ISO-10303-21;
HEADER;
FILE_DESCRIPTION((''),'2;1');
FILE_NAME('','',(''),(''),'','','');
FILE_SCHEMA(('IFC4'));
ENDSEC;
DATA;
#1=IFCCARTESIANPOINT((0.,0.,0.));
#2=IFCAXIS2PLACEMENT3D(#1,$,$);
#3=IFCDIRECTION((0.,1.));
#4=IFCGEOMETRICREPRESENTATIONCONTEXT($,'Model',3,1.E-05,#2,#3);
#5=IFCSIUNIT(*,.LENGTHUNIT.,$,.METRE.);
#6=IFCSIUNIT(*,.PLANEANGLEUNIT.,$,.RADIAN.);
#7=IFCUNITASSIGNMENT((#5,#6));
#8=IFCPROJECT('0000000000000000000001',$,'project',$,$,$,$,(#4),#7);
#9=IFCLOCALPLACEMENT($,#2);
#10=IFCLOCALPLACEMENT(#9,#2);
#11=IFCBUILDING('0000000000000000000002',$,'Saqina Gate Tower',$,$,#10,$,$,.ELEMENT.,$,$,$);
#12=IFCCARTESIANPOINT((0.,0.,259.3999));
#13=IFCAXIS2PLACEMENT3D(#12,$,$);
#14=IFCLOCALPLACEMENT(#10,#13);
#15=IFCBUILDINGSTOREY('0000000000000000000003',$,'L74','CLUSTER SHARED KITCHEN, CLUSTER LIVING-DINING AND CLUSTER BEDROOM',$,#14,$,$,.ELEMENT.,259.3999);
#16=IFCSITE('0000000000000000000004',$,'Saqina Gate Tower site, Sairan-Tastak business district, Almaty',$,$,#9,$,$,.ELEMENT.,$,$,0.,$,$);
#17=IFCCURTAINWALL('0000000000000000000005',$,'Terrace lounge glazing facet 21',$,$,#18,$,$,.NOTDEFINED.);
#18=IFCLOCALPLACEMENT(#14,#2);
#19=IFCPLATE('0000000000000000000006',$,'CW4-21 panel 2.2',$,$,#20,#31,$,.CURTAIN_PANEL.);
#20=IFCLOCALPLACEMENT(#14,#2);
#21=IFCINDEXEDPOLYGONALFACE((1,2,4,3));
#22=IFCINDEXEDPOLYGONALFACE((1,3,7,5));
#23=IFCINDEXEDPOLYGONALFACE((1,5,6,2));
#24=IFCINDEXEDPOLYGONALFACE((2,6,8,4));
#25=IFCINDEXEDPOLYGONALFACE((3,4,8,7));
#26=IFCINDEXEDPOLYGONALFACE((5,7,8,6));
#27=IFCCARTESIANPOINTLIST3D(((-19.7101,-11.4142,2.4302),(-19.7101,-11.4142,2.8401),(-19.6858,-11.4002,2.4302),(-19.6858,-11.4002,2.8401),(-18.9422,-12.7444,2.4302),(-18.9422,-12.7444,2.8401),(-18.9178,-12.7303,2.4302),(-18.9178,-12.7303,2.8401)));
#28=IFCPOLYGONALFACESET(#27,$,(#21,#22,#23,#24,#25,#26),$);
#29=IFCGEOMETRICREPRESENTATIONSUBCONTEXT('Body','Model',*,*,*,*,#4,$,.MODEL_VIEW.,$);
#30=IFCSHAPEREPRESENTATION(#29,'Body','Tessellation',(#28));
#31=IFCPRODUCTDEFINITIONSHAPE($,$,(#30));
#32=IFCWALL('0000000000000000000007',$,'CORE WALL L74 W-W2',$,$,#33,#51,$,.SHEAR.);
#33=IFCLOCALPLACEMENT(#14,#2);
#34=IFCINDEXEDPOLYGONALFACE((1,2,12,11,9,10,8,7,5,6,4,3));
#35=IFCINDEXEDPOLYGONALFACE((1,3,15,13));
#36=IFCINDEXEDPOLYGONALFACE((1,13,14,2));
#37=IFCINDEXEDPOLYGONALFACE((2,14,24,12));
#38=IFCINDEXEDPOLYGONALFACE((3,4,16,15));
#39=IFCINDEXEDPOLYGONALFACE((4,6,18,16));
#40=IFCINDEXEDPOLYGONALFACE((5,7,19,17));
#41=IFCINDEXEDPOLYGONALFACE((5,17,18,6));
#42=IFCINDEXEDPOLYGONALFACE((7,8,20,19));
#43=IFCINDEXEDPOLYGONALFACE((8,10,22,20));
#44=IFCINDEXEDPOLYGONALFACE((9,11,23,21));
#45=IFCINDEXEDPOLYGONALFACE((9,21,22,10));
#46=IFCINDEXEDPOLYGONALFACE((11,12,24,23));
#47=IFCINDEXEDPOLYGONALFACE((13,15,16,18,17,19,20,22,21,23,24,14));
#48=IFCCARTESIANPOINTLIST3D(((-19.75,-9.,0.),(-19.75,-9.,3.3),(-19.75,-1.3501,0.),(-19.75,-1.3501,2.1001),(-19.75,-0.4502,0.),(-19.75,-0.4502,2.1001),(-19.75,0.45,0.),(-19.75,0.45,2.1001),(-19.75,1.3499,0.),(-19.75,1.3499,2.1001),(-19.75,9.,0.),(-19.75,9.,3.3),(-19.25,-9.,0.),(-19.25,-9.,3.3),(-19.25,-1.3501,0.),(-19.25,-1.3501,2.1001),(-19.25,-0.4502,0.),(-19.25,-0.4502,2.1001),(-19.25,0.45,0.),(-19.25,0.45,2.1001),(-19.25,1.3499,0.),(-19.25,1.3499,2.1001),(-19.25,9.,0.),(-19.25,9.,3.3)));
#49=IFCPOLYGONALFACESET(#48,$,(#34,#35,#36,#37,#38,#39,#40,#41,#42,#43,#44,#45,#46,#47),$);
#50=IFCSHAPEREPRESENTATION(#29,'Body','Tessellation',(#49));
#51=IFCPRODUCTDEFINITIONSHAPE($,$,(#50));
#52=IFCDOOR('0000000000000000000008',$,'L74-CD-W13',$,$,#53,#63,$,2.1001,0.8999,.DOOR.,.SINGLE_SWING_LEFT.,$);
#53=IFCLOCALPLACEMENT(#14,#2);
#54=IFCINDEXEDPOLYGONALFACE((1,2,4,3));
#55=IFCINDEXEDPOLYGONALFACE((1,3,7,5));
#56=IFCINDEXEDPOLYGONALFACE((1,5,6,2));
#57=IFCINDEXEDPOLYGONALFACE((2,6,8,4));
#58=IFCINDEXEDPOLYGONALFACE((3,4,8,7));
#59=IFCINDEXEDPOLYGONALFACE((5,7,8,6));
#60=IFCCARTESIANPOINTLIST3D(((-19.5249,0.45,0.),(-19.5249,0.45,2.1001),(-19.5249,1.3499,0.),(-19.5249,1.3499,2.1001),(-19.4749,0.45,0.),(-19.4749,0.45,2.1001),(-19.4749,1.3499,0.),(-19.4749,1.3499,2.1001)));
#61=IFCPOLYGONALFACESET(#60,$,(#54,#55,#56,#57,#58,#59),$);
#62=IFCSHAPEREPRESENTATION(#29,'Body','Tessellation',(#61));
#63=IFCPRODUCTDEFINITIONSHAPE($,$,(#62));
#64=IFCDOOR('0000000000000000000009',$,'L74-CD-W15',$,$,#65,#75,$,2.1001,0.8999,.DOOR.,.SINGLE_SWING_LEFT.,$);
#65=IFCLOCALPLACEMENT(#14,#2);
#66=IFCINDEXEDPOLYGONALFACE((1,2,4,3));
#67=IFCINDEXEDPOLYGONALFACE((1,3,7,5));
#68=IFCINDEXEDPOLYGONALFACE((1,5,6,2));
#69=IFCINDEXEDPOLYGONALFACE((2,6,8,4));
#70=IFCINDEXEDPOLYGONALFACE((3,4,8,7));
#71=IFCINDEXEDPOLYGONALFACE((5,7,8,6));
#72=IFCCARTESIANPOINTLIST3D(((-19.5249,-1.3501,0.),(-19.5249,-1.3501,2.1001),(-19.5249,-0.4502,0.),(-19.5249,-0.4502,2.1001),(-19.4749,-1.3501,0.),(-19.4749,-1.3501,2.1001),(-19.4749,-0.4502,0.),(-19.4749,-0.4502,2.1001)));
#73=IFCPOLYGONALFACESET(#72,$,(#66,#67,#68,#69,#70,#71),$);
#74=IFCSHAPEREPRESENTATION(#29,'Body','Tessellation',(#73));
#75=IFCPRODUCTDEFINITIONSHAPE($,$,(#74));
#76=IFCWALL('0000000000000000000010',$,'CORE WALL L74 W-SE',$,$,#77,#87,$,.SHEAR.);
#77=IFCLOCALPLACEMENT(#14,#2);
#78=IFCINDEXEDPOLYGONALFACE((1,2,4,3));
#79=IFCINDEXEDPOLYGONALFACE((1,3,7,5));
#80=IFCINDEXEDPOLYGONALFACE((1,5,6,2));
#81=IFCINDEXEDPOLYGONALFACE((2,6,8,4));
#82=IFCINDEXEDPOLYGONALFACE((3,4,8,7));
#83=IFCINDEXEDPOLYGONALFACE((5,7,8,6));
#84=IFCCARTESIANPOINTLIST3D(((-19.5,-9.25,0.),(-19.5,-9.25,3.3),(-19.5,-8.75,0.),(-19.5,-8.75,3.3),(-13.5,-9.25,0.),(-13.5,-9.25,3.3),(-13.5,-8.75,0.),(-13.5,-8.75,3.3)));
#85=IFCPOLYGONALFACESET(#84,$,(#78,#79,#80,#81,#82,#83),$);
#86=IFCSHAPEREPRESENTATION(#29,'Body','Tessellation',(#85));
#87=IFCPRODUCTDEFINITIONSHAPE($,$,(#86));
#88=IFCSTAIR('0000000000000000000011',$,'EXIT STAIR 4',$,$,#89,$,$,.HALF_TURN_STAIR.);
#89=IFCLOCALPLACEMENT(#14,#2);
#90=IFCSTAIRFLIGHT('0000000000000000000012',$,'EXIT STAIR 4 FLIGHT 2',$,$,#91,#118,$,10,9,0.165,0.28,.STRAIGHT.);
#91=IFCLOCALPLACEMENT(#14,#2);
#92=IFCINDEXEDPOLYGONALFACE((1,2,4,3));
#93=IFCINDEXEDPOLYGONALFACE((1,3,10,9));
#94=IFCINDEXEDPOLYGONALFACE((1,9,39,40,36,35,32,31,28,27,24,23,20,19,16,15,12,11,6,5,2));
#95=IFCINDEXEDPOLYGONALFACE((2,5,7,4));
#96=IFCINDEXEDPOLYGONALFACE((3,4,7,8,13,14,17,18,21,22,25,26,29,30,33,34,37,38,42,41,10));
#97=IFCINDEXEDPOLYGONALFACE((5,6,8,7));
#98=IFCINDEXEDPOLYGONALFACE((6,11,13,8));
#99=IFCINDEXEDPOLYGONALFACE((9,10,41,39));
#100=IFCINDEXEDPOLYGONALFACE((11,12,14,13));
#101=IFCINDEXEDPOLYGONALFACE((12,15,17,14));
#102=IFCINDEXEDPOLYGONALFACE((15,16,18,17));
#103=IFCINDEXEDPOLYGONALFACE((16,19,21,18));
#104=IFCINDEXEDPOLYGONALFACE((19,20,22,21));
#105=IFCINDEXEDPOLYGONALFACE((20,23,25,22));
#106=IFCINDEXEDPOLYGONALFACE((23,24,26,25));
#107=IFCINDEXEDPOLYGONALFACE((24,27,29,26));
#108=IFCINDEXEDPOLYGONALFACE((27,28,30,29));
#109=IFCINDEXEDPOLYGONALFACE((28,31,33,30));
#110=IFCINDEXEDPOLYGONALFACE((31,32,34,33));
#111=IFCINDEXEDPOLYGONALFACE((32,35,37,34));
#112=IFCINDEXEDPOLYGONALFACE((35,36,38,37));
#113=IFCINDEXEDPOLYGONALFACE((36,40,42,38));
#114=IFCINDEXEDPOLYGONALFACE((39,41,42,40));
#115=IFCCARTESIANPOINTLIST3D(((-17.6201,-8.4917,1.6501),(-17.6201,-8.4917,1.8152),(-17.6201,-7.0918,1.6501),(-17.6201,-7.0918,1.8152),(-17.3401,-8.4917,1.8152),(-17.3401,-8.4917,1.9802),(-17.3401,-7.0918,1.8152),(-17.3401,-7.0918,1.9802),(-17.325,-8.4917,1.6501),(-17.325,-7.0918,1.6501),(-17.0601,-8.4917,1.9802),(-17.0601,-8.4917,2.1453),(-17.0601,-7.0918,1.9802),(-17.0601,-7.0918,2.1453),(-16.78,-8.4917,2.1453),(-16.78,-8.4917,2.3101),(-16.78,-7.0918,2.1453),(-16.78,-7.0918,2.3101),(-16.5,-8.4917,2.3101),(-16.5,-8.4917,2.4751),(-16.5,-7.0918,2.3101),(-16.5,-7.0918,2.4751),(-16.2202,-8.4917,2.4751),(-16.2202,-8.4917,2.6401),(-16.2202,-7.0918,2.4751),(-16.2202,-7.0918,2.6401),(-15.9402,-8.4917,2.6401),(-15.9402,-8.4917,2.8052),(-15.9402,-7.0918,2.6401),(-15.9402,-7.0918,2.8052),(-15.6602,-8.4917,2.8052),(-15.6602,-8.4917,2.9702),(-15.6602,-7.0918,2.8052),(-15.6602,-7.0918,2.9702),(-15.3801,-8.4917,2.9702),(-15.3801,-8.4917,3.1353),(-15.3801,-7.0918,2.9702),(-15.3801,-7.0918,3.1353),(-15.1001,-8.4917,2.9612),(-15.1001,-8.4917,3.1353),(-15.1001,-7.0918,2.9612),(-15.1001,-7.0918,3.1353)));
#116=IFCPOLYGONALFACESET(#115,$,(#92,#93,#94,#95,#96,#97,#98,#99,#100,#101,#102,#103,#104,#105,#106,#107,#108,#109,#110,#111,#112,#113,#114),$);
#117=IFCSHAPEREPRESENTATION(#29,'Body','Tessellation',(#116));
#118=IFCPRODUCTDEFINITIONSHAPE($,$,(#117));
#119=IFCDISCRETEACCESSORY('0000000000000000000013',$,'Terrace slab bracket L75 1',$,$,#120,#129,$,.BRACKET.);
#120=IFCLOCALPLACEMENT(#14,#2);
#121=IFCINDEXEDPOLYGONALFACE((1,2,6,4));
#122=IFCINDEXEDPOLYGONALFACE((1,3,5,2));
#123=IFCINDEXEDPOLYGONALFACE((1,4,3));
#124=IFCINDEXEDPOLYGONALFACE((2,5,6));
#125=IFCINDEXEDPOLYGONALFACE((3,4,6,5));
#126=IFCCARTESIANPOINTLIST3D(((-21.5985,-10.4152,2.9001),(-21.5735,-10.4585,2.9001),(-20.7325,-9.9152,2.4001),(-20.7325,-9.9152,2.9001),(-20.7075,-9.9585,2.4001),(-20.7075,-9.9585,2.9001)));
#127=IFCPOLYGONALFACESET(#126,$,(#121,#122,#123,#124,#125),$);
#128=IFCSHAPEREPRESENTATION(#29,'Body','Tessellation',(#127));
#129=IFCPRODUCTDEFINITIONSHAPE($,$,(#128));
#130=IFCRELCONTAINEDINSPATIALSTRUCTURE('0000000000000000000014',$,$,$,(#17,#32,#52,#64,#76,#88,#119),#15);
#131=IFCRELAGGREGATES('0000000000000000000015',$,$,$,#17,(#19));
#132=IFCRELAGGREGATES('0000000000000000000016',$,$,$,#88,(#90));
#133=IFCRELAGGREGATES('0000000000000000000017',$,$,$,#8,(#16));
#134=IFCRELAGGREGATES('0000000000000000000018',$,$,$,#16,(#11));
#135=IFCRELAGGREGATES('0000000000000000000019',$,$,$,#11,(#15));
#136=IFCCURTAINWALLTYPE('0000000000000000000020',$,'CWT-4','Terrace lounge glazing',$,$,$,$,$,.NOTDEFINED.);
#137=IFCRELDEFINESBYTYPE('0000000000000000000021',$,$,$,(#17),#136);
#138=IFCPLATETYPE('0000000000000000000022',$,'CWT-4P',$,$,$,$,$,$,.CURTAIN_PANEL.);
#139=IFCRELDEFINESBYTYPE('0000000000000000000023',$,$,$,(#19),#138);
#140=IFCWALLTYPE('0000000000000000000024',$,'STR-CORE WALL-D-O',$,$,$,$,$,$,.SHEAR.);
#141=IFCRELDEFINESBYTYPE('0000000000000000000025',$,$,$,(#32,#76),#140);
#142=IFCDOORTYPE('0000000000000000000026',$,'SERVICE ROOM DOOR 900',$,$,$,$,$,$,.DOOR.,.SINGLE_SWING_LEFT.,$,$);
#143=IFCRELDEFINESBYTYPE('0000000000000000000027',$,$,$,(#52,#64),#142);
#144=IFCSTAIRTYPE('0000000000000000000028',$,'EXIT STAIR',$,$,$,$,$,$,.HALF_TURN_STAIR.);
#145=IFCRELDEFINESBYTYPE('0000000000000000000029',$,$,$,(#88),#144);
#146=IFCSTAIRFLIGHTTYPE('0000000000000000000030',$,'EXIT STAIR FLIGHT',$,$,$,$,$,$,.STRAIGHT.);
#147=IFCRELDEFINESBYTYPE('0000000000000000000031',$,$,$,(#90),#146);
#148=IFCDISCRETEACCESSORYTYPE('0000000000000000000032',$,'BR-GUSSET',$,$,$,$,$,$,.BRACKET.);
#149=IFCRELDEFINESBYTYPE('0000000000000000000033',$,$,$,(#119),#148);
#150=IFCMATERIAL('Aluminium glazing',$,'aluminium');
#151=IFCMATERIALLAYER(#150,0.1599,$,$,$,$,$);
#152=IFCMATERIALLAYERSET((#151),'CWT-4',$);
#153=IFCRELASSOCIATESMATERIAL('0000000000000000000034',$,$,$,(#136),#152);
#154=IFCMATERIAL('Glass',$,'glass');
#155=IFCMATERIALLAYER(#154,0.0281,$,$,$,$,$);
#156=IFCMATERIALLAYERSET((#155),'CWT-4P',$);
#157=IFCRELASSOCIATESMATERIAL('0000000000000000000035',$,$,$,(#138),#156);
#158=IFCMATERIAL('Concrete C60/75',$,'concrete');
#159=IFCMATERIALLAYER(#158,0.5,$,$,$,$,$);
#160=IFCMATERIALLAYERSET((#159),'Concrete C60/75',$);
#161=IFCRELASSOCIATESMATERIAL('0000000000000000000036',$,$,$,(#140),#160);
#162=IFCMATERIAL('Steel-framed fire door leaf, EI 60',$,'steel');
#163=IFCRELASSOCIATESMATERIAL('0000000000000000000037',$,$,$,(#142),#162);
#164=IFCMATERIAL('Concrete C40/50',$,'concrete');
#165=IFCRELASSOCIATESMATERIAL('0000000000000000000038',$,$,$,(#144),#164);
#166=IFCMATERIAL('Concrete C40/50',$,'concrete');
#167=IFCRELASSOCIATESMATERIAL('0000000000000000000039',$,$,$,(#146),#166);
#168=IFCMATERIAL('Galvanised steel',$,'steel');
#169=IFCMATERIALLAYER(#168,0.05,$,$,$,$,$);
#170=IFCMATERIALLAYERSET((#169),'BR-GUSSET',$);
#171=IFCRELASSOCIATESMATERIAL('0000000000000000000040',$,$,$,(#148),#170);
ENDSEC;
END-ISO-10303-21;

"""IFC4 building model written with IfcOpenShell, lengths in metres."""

from ifc_helpers import new_model, si_unit, direction, frame, frame_2d, origin, origin_2d, place, context, subcontext, project, spatial, polyline, rectangle, outline, extrude, material, layer, layer_set, type_object, element, fill, aggregate, save


model = new_model("IFC4")

# Units and contexts
model_context = context("Model", 3, precision=1e-05, world=origin(), true_north=direction((0.0, 1.0)))
body_context = subcontext(model_context, "Body", "Model", "MODEL_VIEW")
ifc_project = project(units=[si_unit("LENGTHUNIT", "METRE"), si_unit("PLANEANGLEUNIT", "RADIAN")], contexts=[model_context])

# Site, building, storey
site_placement = place(None, origin())
site = spatial("IfcSite", under=ifc_project, at=site_placement, Name="Saqina Gate Tower site, Sairan-Tastak business district, Almaty", CompositionType="ELEMENT", RefElevation=0.0)
building_placement = place(site_placement, origin())
building = spatial("IfcBuilding", under=site, at=building_placement, Name="Saqina Gate Tower", CompositionType="ELEMENT")
storey_placement = place(building_placement, frame((0.0, 0.0, 259.3999)))
storey = spatial("IfcBuildingStorey", under=building, at=storey_placement, Name="L74", Description="CLUSTER SHARED KITCHEN, CLUSTER LIVING-DINING AND CLUSTER BEDROOM", CompositionType="ELEMENT", Elevation=259.3999)

# Curtain wall
ifc_material_1 = material(Name="Aluminium glazing", Category="aluminium")
ifc_layer_1 = layer(ifc_material_1, 0.1599)
ifc_layer_set_1 = layer_set([ifc_layer_1], Name="CWT-4")
curtain_wall_type = type_object("IfcCurtainWallType", Name="CWT-4", Description="Terrace lounge glazing", PredefinedType="NOTDEFINED", material=ifc_layer_set_1)
curtain_wall_placement = place(storey_placement, origin())
curtain_wall = element("IfcCurtainWall", 1, at=curtain_wall_placement, inside=storey, type_object=curtain_wall_type, Name="Terrace lounge glazing facet 21", PredefinedType="NOTDEFINED")

# Plate
ifc_material_2 = material(Name="Glass", Category="glass")
ifc_layer_2 = layer(ifc_material_2, 0.0281)
ifc_layer_set_2 = layer_set([ifc_layer_2], Name="CWT-4P")
plate_type = type_object("IfcPlateType", Name="CWT-4P", PredefinedType="CURTAIN_PANEL", material=ifc_layer_set_2)
plate_1_placement = place(storey_placement, frame((-19.314, -12.0723, 2.4302), z_axis=(0.0, 0.0, 1.0), x_axis=(0.499982, -0.866036, 0.0)))
plate_1 = element("IfcPlate", 2, at=plate_1_placement, type_object=plate_type, Name="CW4-21 panel 2.2", PredefinedType="CURTAIN_PANEL", context=body_context, shape_type="SweptSolid", body=[
    extrude(rectangle(XDim=1.5359, YDim=0.0281, at=origin_2d()), origin(), (0.0, 0.0, 1.0), 0.4099),
])
aggregate(curtain_wall, [plate_1])

# Wall, openings, doors
ifc_material_3 = material(Name="Concrete C60/75", Category="concrete")
ifc_layer_3 = layer(ifc_material_3, 0.5)
ifc_layer_set_3 = layer_set([ifc_layer_3], Name="Concrete C60/75")
wall_type = type_object("IfcWallType", Name="STR-CORE WALL-D-O", PredefinedType="SHEAR", material=ifc_layer_set_3)
wall_1_placement = place(storey_placement, frame((-19.5, -9.0, 0.0), z_axis=(0.0, 0.0, 1.0), x_axis=(0.0, 1.0, 0.0)))
wall_1 = element("IfcWall", 3, at=wall_1_placement, inside=storey, type_object=wall_type, Name="CORE WALL L74 W-W2", PredefinedType="SHEAR", context=body_context, shape_type="SweptSolid", body=[
    extrude(rectangle(XDim=18.0, YDim=0.5, at=frame_2d((9.0, 0.0))), origin(), (0.0, 0.0, 1.0), 3.3),
])
opening_1_placement = place(wall_1_placement, frame((9.45, 0.0, 0.0)))
opening_1 = element("IfcOpeningElement", 4, at=opening_1_placement, cuts=wall_1, PredefinedType="OPENING", context=body_context, shape_type="SweptSolid", body=[
    extrude(rectangle(XDim=0.8999, YDim=2.1001, at=frame_2d((0.45, 1.05))), frame((0.0, 0.262, 0.0), z_axis=(0.0, -1.0, 0.0), x_axis=(1.0, 0.0, 0.0)), (0.0, 0.0, 1.0), 0.5239),
])
opening_2_placement = place(wall_1_placement, frame((7.6499, 0.0, 0.0)))
opening_2 = element("IfcOpeningElement", 5, at=opening_2_placement, cuts=wall_1, PredefinedType="OPENING", context=body_context, shape_type="SweptSolid", body=[
    extrude(rectangle(XDim=0.8999, YDim=2.1001, at=frame_2d((0.45, 1.05))), frame((0.0, 0.262, 0.0), z_axis=(0.0, -1.0, 0.0), x_axis=(1.0, 0.0, 0.0)), (0.0, 0.0, 1.0), 0.5239),
])
ifc_material_4 = material(Name="Steel-framed fire door leaf, EI 60", Category="steel")
door_type_1 = type_object("IfcDoorType", Name="SERVICE ROOM DOOR 900", OperationType="SINGLE_SWING_LEFT", PredefinedType="DOOR", material=ifc_material_4)
door_1_placement = place(opening_1_placement, origin())
door_1 = element("IfcDoor", 6, at=door_1_placement, inside=storey, type_object=door_type_1, Name="L74-CD-W13", OperationType="SINGLE_SWING_LEFT", OverallHeight=2.1001, OverallWidth=0.8999, PredefinedType="DOOR", context=body_context, shape_type="SweptSolid", body=[
    extrude(rectangle(XDim=0.8999, YDim=2.1001, at=frame_2d((0.45, 1.05))), frame((0.0, 0.0249, 0.0), z_axis=(0.0, -1.0, 0.0), x_axis=(1.0, 0.0, 0.0)), (0.0, 0.0, 1.0), 0.05),
])
fill(opening_1, door_1)
door_2_placement = place(opening_2_placement, origin())
door_2 = element("IfcDoor", 7, at=door_2_placement, inside=storey, type_object=door_type_1, Name="L74-CD-W15", OperationType="SINGLE_SWING_LEFT", OverallHeight=2.1001, OverallWidth=0.8999, PredefinedType="DOOR", context=body_context, shape_type="SweptSolid", body=[
    extrude(rectangle(XDim=0.8999, YDim=2.1001, at=frame_2d((0.45, 1.05))), frame((0.0, 0.0249, 0.0), z_axis=(0.0, -1.0, 0.0), x_axis=(1.0, 0.0, 0.0)), (0.0, 0.0, 1.0), 0.05),
])
fill(opening_2, door_2)

# Wall
wall_2_placement = place(storey_placement, frame((-13.5, -9.0, 0.0), z_axis=(0.0, 0.0, 1.0), x_axis=(-1.0, 0.0, 0.0)))
element("IfcWall", 8, at=wall_2_placement, inside=storey, type_object=wall_type, Name="CORE WALL L74 W-SE", PredefinedType="SHEAR", context=body_context, shape_type="SweptSolid", body=[
    extrude(rectangle(XDim=6.0, YDim=0.5, at=frame_2d((3.0, 0.0))), origin(), (0.0, 0.0, 1.0), 3.3),
])

# Stair, stair flight
ifc_material_5 = material(Name="Concrete C40/50", Category="concrete")
stair_type = type_object("IfcStairType", Name="EXIT STAIR", PredefinedType="HALF_TURN_STAIR", material=ifc_material_5)
stair_placement = place(storey_placement, origin())
stair = element("IfcStair", 9, at=stair_placement, inside=storey, type_object=stair_type, Name="EXIT STAIR 4", PredefinedType="HALF_TURN_STAIR")
ifc_material_6 = material(Name="Concrete C40/50", Category="concrete")
stair_flight_type = type_object("IfcStairFlightType", Name="EXIT STAIR FLIGHT", PredefinedType="STRAIGHT", material=ifc_material_6)
stair_flight_placement = place(storey_placement, frame((-17.6201, -7.7917, 1.6501), z_axis=(0.0, 0.0, 1.0), x_axis=(1.0, 0.0, 0.0)))
stair_flight = element("IfcStairFlight", 10, at=stair_flight_placement, type_object=stair_flight_type, Name="EXIT STAIR 4 FLIGHT 2", NumberOfRisers=10, NumberOfTreads=9, PredefinedType="STRAIGHT", RiserHeight=0.165, TreadLength=0.28, context=body_context, shape_type="SweptSolid", body=[
    extrude(outline(polyline([(0.0, 0.0), (0.0, 0.165), (0.28, 0.165), (0.28, 0.3301), (0.5601, 0.3301), (0.5601, 0.4951), (0.8401, 0.4951), (0.8401, 0.6599), (1.1201, 0.6599), (1.1201, 0.825), (1.3999, 0.825), (1.3999, 0.99), (1.6799, 0.99), (1.6799, 1.155), (1.96, 1.155), (1.96, 1.3201), (2.24, 1.3201), (2.24, 1.4851), (2.52, 1.4851), (2.52, 1.6499), (2.52, 1.311), (0.2952, 0.0), (0.0, 0.0)])), frame((0.0, 0.7, 0.0), z_axis=(0.0, -1.0, 0.0), x_axis=(1.0, 0.0, 0.0)), (0.0, 0.0, 1.0), 1.3999),
])
aggregate(stair, [stair_flight])

# Discrete accessory
ifc_material_7 = material(Name="Galvanised steel", Category="steel")
ifc_layer_4 = layer(ifc_material_7, 0.05)
ifc_layer_set_4 = layer_set([ifc_layer_4], Name="BR-GUSSET")
discrete_accessory_type = type_object("IfcDiscreteAccessoryType", Name="BR-GUSSET", PredefinedType="BRACKET", material=ifc_layer_set_4)
discrete_accessory_placement = place(storey_placement, frame((-20.7075, -9.9585, 2.4001), z_axis=(0.500025, -0.866011, 0.0), x_axis=(0.0, 0.0, 1.0)))
element("IfcDiscreteAccessory", 11, at=discrete_accessory_placement, inside=storey, type_object=discrete_accessory_type, Name="Terrace slab bracket L75 1", PredefinedType="BRACKET", context=body_context, shape_type="SweptSolid", body=[
    extrude(outline(polyline([(0.0, 0.0), (0.5, 0.0), (0.5, 0.9999), (0.0, 0.0)])), origin(), (0.0, 0.0, -1.0), 0.05),
])

save(model, "model.ifc")
